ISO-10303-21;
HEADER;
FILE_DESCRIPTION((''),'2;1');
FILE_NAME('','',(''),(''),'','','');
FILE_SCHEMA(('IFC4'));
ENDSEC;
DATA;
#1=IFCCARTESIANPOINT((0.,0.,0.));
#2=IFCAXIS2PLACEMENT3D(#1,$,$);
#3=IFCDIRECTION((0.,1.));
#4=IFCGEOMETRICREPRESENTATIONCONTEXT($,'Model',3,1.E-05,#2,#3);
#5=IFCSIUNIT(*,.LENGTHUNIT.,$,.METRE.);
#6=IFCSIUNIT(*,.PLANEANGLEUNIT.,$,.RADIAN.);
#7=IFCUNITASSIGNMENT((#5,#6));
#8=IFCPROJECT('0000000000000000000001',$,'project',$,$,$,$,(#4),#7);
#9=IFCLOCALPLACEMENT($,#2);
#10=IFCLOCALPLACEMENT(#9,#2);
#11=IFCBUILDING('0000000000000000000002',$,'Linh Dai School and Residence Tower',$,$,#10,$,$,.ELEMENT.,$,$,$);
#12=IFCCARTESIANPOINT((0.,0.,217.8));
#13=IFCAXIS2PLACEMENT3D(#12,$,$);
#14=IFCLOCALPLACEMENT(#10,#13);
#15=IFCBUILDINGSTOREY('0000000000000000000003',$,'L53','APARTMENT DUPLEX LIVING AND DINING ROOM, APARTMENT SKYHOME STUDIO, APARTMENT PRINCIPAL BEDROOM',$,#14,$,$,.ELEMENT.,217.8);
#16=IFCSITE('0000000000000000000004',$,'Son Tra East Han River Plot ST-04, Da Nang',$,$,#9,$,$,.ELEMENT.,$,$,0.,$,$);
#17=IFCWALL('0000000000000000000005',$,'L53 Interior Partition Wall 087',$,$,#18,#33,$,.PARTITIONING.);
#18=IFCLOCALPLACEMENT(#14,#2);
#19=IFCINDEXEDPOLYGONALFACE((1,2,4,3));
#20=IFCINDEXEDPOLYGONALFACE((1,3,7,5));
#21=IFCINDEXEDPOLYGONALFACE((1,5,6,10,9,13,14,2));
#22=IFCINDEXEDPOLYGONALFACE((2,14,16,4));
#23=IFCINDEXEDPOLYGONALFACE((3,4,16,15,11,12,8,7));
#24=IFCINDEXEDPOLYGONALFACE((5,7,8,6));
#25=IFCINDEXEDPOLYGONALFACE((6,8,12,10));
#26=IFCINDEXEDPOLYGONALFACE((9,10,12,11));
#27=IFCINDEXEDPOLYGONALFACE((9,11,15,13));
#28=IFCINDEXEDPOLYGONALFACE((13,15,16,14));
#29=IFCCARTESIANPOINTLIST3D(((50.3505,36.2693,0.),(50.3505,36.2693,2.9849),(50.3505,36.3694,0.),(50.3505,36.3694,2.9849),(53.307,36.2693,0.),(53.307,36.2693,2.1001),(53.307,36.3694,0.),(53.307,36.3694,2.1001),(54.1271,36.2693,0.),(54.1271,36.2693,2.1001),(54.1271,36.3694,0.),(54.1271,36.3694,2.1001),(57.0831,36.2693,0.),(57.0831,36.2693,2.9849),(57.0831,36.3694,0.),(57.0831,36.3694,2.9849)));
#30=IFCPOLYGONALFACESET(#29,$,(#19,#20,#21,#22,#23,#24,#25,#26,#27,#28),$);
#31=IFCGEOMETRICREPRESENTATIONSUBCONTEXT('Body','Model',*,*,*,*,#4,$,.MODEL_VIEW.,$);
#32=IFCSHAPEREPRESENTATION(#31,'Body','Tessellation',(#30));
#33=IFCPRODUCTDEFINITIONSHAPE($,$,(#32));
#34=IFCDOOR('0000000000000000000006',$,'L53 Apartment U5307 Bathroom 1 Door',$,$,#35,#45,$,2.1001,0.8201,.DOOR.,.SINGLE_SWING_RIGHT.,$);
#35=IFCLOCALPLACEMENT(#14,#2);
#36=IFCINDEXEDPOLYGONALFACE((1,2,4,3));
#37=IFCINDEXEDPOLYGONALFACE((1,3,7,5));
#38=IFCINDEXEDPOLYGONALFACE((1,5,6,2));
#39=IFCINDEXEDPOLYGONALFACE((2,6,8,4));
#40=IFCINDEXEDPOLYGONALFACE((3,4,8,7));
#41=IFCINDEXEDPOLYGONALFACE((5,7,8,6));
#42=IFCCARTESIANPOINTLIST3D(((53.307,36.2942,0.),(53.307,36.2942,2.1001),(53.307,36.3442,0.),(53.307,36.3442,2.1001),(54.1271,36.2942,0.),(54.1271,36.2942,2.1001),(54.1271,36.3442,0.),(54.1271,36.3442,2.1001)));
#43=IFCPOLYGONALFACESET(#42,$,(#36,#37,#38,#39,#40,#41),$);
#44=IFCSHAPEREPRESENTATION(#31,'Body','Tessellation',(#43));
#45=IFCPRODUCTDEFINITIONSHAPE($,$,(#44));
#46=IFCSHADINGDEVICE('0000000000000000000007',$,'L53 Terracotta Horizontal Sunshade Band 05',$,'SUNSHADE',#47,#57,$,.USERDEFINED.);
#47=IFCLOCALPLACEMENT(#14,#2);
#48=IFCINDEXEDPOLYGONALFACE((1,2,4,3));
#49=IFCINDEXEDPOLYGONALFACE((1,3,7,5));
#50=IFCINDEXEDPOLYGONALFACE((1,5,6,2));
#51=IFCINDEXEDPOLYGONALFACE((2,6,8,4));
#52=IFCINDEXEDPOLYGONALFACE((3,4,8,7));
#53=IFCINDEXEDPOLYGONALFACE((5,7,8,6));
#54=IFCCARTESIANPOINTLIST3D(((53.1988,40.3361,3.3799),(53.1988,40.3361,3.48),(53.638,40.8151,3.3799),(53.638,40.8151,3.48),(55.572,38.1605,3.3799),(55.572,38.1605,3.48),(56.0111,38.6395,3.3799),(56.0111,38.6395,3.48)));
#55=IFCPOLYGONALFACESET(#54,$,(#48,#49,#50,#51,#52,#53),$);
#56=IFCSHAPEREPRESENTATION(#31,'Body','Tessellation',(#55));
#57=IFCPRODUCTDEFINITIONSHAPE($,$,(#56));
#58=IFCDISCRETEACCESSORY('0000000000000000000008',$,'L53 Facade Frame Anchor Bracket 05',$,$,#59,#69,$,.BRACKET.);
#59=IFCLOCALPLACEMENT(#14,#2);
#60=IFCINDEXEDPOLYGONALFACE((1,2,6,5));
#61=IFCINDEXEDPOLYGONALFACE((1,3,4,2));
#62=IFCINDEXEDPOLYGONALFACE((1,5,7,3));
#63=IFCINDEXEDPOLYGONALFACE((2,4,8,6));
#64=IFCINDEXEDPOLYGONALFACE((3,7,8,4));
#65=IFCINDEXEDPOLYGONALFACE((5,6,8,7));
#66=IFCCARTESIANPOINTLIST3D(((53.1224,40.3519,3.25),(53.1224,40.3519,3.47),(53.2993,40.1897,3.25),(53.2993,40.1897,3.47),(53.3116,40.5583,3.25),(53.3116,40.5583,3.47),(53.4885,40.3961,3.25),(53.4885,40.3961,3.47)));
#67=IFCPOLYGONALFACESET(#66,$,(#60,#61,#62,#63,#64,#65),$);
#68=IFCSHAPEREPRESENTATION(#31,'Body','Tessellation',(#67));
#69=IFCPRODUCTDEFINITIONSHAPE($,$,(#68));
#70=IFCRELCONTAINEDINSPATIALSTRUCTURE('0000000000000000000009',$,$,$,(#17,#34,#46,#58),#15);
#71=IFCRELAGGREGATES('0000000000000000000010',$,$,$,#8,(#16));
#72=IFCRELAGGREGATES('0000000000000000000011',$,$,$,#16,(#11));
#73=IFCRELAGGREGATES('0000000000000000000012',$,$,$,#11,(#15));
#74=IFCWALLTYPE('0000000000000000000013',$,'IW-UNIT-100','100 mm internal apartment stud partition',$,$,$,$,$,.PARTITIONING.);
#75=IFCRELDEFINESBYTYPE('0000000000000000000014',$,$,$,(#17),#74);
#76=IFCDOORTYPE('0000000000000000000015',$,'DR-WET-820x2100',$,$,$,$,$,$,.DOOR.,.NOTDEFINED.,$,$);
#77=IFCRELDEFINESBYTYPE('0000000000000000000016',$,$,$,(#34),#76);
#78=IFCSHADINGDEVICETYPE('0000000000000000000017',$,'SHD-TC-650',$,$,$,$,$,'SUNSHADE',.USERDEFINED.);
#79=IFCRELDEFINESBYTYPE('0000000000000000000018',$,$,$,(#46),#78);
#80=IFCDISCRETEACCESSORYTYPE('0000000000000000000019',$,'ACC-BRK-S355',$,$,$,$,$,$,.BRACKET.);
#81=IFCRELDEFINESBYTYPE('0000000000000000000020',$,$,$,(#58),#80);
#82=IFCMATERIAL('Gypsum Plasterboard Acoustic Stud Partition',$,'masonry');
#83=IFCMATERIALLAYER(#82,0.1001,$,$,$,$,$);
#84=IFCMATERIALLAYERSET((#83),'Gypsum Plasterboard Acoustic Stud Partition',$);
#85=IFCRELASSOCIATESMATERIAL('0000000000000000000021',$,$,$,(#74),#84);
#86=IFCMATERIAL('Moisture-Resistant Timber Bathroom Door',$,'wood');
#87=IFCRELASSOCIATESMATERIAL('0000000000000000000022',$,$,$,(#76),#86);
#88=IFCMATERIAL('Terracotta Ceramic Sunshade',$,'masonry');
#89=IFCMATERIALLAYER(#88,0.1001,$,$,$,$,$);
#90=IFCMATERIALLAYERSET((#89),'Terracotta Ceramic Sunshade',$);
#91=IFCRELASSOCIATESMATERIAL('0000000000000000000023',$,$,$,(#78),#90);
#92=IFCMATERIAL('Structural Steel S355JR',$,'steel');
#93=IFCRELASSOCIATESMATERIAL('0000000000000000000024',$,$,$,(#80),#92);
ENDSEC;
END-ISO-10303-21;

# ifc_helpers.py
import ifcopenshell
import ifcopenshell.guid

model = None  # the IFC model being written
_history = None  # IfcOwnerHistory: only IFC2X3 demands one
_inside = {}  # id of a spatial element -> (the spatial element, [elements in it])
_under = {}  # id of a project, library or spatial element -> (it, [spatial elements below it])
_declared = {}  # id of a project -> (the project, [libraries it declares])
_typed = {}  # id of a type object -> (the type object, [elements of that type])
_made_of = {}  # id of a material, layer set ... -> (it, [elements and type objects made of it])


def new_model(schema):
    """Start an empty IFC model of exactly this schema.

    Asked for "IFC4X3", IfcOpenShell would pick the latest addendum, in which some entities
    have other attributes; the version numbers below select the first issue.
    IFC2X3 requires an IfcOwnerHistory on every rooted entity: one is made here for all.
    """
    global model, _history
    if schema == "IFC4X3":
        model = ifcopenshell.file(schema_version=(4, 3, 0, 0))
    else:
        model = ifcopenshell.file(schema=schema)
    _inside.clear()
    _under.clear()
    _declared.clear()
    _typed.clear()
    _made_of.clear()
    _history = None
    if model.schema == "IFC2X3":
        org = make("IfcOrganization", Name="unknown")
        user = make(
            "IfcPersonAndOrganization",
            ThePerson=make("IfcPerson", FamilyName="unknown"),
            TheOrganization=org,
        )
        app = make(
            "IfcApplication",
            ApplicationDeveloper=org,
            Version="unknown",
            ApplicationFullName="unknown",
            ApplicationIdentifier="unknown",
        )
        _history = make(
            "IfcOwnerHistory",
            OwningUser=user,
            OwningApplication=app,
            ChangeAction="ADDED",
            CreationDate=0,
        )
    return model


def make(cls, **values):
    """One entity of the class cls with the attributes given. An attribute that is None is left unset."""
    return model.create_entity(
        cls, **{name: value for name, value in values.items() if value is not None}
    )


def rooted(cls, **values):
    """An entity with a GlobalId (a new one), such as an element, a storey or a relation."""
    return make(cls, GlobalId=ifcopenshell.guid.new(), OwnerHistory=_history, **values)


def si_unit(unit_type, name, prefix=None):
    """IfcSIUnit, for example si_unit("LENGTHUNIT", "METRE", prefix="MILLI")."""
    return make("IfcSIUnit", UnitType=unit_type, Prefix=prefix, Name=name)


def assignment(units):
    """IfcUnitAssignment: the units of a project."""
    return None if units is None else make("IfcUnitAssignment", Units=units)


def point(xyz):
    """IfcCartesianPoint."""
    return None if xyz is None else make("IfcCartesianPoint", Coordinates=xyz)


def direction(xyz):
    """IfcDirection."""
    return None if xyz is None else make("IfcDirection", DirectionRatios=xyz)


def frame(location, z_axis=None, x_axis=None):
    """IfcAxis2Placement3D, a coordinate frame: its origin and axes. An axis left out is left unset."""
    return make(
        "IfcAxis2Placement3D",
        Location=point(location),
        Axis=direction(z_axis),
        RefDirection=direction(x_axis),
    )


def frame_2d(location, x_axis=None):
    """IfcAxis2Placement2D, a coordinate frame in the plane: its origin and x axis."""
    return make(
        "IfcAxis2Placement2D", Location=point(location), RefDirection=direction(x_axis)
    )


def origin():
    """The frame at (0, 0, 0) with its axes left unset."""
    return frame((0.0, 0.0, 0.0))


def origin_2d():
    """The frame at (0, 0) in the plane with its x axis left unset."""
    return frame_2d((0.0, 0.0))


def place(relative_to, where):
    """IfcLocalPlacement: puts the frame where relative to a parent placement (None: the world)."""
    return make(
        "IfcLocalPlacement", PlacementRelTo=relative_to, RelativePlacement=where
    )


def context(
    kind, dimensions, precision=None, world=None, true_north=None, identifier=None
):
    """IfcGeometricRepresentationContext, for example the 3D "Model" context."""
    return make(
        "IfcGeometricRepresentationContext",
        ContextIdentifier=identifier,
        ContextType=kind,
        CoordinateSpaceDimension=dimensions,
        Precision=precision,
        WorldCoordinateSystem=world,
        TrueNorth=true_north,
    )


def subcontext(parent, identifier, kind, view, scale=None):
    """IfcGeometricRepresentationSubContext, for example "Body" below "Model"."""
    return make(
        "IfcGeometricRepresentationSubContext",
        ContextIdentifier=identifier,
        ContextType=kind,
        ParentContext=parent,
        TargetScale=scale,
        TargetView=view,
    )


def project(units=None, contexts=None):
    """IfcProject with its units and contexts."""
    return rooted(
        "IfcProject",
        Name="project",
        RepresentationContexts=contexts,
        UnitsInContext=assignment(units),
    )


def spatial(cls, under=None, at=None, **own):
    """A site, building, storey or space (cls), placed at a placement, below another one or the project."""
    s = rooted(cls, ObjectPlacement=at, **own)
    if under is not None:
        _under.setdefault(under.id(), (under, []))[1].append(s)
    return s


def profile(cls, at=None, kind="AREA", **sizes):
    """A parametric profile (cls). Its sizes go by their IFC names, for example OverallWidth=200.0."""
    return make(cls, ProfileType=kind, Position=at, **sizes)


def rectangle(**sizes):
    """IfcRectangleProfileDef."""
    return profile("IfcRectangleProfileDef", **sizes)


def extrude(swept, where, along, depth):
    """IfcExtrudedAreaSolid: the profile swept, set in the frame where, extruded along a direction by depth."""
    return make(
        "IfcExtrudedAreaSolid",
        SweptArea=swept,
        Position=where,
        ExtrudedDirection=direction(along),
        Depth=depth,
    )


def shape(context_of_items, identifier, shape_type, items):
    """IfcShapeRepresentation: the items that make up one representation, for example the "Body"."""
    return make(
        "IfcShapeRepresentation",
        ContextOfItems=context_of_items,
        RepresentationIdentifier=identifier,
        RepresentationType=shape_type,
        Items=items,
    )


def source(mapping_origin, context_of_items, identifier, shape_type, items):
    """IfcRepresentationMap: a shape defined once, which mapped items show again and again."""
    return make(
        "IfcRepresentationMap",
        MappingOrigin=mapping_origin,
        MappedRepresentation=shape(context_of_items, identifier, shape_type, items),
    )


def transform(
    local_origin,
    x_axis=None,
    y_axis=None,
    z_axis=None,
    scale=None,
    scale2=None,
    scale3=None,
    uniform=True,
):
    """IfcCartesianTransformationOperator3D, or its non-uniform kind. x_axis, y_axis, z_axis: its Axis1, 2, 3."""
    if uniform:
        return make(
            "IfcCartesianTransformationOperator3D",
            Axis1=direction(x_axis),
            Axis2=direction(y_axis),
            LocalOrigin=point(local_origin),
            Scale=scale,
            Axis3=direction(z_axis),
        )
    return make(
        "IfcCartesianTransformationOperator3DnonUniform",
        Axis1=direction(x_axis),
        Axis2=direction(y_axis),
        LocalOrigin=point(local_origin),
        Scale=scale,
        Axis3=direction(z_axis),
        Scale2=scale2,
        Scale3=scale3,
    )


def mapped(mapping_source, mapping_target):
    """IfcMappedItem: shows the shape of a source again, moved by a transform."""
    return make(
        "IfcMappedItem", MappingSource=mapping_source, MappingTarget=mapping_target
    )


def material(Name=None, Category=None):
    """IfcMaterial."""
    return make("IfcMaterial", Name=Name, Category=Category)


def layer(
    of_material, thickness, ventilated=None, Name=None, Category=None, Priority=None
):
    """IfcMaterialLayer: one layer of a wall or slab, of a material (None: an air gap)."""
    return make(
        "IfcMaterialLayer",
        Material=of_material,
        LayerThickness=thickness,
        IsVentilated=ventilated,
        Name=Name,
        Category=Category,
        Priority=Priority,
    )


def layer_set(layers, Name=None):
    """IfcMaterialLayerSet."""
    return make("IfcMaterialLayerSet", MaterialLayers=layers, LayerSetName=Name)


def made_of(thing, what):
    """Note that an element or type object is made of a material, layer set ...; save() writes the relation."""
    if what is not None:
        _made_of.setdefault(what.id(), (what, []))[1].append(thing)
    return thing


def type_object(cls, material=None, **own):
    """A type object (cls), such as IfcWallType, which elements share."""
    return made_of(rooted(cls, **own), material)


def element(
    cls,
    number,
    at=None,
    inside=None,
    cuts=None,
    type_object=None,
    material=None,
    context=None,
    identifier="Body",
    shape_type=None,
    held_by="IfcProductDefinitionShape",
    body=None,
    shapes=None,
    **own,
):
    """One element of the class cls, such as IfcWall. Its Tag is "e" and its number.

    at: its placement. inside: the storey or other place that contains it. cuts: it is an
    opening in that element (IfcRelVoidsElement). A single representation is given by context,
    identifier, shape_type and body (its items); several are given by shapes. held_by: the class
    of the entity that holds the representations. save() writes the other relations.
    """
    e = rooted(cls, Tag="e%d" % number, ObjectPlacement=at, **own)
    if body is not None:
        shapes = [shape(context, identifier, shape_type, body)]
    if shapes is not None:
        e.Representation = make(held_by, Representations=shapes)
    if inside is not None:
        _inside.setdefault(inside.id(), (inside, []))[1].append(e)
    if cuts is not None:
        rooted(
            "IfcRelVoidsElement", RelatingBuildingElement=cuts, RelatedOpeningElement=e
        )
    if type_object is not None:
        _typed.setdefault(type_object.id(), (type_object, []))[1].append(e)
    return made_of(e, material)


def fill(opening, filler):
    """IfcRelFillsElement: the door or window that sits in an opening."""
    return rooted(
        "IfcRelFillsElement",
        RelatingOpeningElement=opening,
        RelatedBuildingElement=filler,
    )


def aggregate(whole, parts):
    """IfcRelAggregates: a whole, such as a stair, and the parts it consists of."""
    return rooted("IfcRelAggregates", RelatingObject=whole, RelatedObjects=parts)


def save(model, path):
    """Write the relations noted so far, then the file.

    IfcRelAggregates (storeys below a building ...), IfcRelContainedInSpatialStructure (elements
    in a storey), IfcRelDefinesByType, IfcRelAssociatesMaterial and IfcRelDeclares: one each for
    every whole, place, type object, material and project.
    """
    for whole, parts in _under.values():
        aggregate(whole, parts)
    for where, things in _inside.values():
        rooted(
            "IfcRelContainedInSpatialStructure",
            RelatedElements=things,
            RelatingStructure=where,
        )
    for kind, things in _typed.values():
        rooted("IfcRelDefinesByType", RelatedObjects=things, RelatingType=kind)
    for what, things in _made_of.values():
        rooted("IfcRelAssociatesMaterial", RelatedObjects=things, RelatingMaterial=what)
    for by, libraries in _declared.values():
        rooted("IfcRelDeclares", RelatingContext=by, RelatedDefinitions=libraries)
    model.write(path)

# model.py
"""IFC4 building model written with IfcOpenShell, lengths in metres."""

from ifc_helpers import new_model, si_unit, direction, frame, frame_2d, origin, origin_2d, place, context, subcontext, project, spatial, rectangle, extrude, source, transform, mapped, material, layer, layer_set, type_object, element, fill, save


model = new_model("IFC4")

# Units and contexts
model_context = context("Model", 3, precision=1e-05, world=origin(), true_north=direction((0.0, 1.0)))
body_context = subcontext(model_context, "Body", "Model", "MODEL_VIEW")
ifc_project = project(units=[si_unit("LENGTHUNIT", "METRE"), si_unit("PLANEANGLEUNIT", "RADIAN")], contexts=[model_context])

# Site, building, storey
site_placement = place(None, origin())
site = spatial("IfcSite", under=ifc_project, at=site_placement, Name="Son Tra East Han River Plot ST-04, Da Nang", CompositionType="ELEMENT", RefElevation=0.0)
building_placement = place(site_placement, origin())
building = spatial("IfcBuilding", under=site, at=building_placement, Name="Linh Dai School and Residence Tower", CompositionType="ELEMENT")
storey_placement = place(building_placement, frame((0.0, 0.0, 217.8)))
storey = spatial("IfcBuildingStorey", under=building, at=storey_placement, Name="L53", Description="APARTMENT DUPLEX LIVING AND DINING ROOM, APARTMENT SKYHOME STUDIO, APARTMENT PRINCIPAL BEDROOM", CompositionType="ELEMENT", Elevation=217.8)

# Shared definitions
ifc_material_1 = material(Name="Structural Steel S355JR", Category="steel")

# Wall, opening, door
ifc_material_2 = material(Name="Gypsum Plasterboard Acoustic Stud Partition", Category="masonry")
ifc_layer_1 = layer(ifc_material_2, 0.1001)
ifc_layer_set_1 = layer_set([ifc_layer_1], Name="Gypsum Plasterboard Acoustic Stud Partition")
wall_type_1 = type_object("IfcWallType", Name="IW-UNIT-100", Description="100 mm internal apartment stud partition", PredefinedType="PARTITIONING", material=ifc_layer_set_1)
wall_1_placement = place(storey_placement, frame((50.3506, 36.3193, 0.0), z_axis=(0.0, 0.0, 1.0), x_axis=(1.0, 0.0, 0.0)))
wall_1 = element("IfcWall", 1, at=wall_1_placement, inside=storey, type_object=wall_type_1, Name="L53 Interior Partition Wall 087", PredefinedType="PARTITIONING", context=body_context, shape_type="SweptSolid", body=[
    extrude(rectangle(XDim=6.7327, YDim=0.1001, at=frame_2d((3.3662, 0.0))), origin(), (0.0, 0.0, 1.0), 2.9849),
])
opening_placement = place(wall_1_placement, frame((2.9563, 0.0, 0.0)))
opening = element("IfcOpeningElement", 2, at=opening_placement, cuts=wall_1, PredefinedType="OPENING", context=body_context, shape_type="SweptSolid", body=[
    extrude(rectangle(XDim=0.8201, YDim=2.1001, at=origin_2d()), frame((0.4102, 0.0601, 1.05), z_axis=(0.0, -1.0, 0.0), x_axis=(1.0, 0.0, 0.0)), (0.0, 0.0, 1.0), 0.1201),
])
ifc_material_3 = material(Name="Moisture-Resistant Timber Bathroom Door", Category="wood")
door_type = type_object("IfcDoorType", Name="DR-WET-820x2100", OperationType="NOTDEFINED", PredefinedType="DOOR", material=ifc_material_3)
shared_shape_1 = source(origin(), body_context, "Body", "SweptSolid", [
    extrude(rectangle(XDim=0.8201, YDim=2.1001, at=origin_2d()), frame((0.4102, 0.0249, 1.05), z_axis=(0.0, -1.0, 0.0), x_axis=(1.0, 0.0, 0.0)), (0.0, 0.0, 1.0), 0.05),
])
door_placement = place(opening_placement, origin())
door = element("IfcDoor", 3, at=door_placement, inside=storey, type_object=door_type, Name="L53 Apartment U5307 Bathroom 1 Door", OperationType="SINGLE_SWING_RIGHT", OverallHeight=2.1001, OverallWidth=0.8201, PredefinedType="DOOR", context=body_context, shape_type="MappedRepresentation", body=[
    mapped(shared_shape_1, transform((0.0, 0.0, 0.0), x_axis=(1.0, 0.0, 0.0), y_axis=(0.0, 1.0, 0.0), z_axis=(0.0, 0.0, 1.0), scale=1.0)),
])
fill(opening, door)

# Shading device
ifc_material_4 = material(Name="Terracotta Ceramic Sunshade", Category="masonry")
ifc_layer_2 = layer(ifc_material_4, 0.1001)
ifc_layer_set_2 = layer_set([ifc_layer_2], Name="Terracotta Ceramic Sunshade")
shading_device_type = type_object("IfcShadingDeviceType", Name="SHD-TC-650", ElementType="SUNSHADE", PredefinedType="USERDEFINED", material=ifc_layer_set_2)
shared_shape_2 = source(origin(), body_context, "Body", "SweptSolid", [
    extrude(rectangle(XDim=3.2195, YDim=0.6499, at=origin_2d()), origin(), (0.0, 0.0, 1.0), 0.1001),
])
shading_device_placement = place(storey_placement, frame((54.605, 39.4878, 3.3799), z_axis=(0.0, 0.0, 1.0), x_axis=(0.737124, -0.675758, 0.0)))
element("IfcShadingDevice", 4, at=shading_device_placement, inside=storey, type_object=shading_device_type, Name="L53 Terracotta Horizontal Sunshade Band 05", ObjectType="SUNSHADE", PredefinedType="USERDEFINED", context=body_context, shape_type="MappedRepresentation", body=[
    mapped(shared_shape_2, transform((0.0, 0.0, 0.0), x_axis=(1.0, 0.0, 0.0), y_axis=(0.0, 1.0, 0.0), z_axis=(0.0, 0.0, 1.0), scale=1.0)),
])

# Discrete accessory
discrete_accessory_type = type_object("IfcDiscreteAccessoryType", Name="ACC-BRK-S355", PredefinedType="BRACKET", material=ifc_material_1)
shared_shape_3 = source(origin(), body_context, "Body", "SweptSolid", [
    extrude(rectangle(XDim=0.28, YDim=0.24, at=origin_2d()), origin(), (0.0, 0.0, 1.0), 0.22),
])
discrete_accessory_placement = place(storey_placement, frame((53.3054, 40.374, 3.25), z_axis=(0.0, 0.0, 1.0), x_axis=(0.675758, 0.737124, 0.0)))
element("IfcDiscreteAccessory", 5, at=discrete_accessory_placement, inside=storey, type_object=discrete_accessory_type, Name="L53 Facade Frame Anchor Bracket 05", PredefinedType="BRACKET", context=body_context, shape_type="MappedRepresentation", body=[
    mapped(shared_shape_3, transform((0.0, 0.0, 0.0), x_axis=(1.0, 0.0, 0.0), y_axis=(0.0, 1.0, 0.0), z_axis=(0.0, 0.0, 1.0), scale=1.0)),
])

save(model, "model.ifc")
